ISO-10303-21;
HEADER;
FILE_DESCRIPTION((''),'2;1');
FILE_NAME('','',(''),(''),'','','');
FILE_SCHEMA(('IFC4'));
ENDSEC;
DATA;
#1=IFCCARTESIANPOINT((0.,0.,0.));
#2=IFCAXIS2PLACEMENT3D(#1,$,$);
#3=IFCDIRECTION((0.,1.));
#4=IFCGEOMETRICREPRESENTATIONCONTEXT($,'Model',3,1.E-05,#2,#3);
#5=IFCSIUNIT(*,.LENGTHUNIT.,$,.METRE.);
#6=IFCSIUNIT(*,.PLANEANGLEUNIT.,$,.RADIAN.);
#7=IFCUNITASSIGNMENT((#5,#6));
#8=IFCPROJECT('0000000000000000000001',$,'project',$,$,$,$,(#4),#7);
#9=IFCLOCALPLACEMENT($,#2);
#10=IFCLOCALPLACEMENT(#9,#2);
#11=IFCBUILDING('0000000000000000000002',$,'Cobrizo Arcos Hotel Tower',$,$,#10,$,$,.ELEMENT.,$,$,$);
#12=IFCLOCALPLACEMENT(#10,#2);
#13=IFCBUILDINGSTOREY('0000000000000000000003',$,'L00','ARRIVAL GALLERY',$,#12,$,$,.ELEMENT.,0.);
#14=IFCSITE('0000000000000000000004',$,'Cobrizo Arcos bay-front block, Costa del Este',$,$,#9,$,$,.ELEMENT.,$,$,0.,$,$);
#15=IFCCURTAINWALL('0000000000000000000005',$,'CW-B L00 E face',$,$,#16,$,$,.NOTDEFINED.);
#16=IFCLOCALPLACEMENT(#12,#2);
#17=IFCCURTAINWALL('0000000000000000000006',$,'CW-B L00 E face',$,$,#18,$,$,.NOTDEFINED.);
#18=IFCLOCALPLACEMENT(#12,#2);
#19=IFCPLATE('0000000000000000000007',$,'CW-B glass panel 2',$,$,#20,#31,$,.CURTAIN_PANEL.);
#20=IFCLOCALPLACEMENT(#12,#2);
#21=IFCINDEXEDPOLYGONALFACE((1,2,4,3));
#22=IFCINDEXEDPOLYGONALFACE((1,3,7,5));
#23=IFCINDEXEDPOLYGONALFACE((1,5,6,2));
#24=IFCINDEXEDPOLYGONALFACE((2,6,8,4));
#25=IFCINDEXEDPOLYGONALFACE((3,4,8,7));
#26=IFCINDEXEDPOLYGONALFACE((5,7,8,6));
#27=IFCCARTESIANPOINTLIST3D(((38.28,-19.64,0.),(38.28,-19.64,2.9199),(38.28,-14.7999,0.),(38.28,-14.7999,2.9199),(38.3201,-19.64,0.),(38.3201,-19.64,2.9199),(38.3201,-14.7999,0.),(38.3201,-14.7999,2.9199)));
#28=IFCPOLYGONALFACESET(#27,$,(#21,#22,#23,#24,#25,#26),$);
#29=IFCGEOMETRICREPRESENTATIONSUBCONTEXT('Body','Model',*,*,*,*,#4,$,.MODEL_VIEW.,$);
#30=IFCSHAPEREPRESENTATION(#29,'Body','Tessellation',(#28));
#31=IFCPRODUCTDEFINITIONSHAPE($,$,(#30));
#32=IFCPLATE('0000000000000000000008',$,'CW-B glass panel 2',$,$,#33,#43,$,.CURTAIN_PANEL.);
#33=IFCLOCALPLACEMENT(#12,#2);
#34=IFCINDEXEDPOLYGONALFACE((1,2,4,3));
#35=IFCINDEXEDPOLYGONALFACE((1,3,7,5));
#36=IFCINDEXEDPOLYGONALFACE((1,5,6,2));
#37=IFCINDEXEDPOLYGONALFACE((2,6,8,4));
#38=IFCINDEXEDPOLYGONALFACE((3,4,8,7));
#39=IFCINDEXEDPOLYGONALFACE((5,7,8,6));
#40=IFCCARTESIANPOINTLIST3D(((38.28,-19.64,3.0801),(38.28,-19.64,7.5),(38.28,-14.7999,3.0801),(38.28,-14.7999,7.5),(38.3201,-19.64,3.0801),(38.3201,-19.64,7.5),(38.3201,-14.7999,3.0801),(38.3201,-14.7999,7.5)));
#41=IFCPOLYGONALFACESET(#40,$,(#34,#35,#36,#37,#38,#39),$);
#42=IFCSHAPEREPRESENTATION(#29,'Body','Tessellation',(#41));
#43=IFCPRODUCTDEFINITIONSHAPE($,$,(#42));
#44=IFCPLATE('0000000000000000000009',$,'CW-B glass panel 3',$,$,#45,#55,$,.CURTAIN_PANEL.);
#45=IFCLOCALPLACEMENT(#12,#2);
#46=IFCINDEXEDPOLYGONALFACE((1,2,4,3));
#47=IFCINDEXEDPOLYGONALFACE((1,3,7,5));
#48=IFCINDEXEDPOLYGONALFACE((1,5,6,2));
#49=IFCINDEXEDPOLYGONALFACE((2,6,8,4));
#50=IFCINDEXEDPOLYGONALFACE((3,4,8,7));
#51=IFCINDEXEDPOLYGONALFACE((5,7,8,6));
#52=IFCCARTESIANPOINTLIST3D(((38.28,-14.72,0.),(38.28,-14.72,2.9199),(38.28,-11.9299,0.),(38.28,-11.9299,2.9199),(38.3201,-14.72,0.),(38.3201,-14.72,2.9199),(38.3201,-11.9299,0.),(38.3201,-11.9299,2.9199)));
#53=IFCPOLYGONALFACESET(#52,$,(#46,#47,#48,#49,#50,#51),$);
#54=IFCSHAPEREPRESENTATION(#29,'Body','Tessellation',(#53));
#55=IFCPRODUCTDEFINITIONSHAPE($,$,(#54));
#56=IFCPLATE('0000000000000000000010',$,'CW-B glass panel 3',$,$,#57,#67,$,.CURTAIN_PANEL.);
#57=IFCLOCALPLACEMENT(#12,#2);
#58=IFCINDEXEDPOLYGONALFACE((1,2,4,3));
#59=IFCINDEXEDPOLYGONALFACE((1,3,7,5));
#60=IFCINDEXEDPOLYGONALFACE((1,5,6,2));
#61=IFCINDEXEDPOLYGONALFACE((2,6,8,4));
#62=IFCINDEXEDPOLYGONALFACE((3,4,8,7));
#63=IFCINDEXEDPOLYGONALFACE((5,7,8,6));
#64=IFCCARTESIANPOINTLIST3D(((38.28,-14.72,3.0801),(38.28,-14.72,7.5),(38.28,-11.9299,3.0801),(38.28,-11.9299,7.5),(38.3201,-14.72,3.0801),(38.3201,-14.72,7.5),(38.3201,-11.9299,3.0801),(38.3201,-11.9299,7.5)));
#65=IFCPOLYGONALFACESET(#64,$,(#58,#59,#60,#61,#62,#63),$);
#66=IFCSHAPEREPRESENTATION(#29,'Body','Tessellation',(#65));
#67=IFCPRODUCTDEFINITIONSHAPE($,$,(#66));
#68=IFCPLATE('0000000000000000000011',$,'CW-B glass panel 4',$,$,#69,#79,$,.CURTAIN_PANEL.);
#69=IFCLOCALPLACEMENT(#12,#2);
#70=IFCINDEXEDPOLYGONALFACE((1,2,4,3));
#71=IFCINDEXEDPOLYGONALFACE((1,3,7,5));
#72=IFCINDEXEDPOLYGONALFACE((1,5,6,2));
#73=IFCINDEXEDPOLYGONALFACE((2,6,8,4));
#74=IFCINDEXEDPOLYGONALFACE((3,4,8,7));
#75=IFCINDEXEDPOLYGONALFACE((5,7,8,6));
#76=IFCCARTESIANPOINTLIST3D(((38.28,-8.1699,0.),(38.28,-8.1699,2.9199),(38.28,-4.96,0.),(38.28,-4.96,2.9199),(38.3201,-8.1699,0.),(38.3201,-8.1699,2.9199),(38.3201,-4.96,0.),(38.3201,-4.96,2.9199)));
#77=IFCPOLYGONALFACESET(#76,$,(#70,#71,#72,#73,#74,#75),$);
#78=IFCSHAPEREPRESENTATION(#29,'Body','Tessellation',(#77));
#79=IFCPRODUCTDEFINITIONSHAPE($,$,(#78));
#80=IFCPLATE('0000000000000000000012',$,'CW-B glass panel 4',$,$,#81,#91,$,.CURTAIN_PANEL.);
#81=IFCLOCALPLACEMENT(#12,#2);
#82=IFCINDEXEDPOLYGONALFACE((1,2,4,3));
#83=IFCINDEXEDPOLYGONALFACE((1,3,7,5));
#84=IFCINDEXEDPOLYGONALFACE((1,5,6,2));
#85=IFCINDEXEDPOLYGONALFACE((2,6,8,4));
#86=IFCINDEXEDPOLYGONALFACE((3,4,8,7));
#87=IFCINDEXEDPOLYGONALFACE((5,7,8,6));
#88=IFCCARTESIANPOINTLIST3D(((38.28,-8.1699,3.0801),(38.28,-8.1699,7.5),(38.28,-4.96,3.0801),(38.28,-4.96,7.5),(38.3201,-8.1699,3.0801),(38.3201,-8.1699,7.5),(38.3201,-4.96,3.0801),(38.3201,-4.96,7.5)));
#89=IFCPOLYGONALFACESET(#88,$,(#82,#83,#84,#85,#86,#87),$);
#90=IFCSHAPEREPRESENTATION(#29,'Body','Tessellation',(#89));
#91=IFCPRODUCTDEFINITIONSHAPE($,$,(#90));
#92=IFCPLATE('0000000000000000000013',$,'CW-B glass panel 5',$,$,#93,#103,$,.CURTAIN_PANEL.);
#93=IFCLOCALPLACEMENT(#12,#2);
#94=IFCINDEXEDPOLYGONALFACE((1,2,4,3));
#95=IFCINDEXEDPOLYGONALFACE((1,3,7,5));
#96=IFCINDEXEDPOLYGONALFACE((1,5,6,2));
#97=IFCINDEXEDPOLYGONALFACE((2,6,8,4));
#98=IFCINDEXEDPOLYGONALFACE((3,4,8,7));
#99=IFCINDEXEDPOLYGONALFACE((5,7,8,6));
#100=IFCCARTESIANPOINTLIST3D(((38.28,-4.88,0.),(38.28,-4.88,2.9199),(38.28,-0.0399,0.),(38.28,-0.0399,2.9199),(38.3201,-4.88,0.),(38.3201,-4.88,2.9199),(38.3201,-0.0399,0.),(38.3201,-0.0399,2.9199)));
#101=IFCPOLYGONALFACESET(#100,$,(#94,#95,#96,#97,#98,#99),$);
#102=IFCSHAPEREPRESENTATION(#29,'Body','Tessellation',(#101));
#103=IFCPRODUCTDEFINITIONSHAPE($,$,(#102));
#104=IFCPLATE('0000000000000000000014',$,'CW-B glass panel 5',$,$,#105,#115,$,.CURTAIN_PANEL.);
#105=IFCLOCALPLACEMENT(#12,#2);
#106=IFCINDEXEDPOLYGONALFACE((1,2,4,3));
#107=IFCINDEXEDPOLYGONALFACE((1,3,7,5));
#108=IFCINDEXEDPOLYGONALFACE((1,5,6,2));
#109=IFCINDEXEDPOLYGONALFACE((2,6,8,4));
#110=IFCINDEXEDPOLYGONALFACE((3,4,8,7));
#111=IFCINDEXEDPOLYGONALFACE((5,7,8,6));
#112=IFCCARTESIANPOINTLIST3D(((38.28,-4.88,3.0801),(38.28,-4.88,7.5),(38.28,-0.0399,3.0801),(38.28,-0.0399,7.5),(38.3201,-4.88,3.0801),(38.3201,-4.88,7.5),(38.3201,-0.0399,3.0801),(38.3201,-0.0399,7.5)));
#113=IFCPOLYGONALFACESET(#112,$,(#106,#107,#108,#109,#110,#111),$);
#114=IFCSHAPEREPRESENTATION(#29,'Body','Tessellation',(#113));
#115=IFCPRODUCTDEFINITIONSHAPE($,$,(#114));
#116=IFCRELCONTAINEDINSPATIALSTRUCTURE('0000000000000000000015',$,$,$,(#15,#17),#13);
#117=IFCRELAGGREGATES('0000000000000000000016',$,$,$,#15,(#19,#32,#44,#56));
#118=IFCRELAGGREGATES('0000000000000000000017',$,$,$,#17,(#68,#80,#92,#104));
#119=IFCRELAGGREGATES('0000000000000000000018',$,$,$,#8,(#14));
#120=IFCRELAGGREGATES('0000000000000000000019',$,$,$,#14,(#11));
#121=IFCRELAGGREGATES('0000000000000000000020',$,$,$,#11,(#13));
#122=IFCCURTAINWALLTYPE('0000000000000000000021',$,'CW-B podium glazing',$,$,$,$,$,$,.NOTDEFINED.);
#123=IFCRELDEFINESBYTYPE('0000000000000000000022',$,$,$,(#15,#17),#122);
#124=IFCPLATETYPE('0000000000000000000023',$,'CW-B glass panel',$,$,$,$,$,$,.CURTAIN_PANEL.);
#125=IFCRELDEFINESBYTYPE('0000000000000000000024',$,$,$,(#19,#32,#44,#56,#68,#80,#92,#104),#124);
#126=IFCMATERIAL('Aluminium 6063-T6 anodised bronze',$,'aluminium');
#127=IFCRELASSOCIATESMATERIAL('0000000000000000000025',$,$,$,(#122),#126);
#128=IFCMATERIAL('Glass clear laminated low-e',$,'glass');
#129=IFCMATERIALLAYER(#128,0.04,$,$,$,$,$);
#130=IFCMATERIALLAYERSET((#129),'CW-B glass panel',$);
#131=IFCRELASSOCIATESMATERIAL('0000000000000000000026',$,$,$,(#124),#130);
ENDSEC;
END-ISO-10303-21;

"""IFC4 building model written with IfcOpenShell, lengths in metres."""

from ifc_helpers import new_model, si_unit, direction, frame, origin, origin_2d, place, context, subcontext, project, spatial, rectangle, extrude, material, layer, layer_set, type_object, element, aggregate, save


model = new_model("IFC4")

# Units and contexts
model_context = context("Model", 3, precision=1e-05, world=origin(), true_north=direction((0.0, 1.0)))
body_context = subcontext(model_context, "Body", "Model", "MODEL_VIEW")
ifc_project = project(units=[si_unit("LENGTHUNIT", "METRE"), si_unit("PLANEANGLEUNIT", "RADIAN")], contexts=[model_context])

# Site, building, storey
site_placement = place(None, origin())
site = spatial("IfcSite", under=ifc_project, at=site_placement, Name="Cobrizo Arcos bay-front block, Costa del Este", CompositionType="ELEMENT", RefElevation=0.0)
building_placement = place(site_placement, origin())
building = spatial("IfcBuilding", under=site, at=building_placement, Name="Cobrizo Arcos Hotel Tower", CompositionType="ELEMENT")
storey_placement = place(building_placement, origin())
storey = spatial("IfcBuildingStorey", under=building, at=storey_placement, Name="L00", Description="ARRIVAL GALLERY", CompositionType="ELEMENT", Elevation=0.0)

# Curtain walls
ifc_material_1 = material(Name="Aluminium 6063-T6 anodised bronze", Category="aluminium")
curtain_wall_type = type_object("IfcCurtainWallType", Name="CW-B podium glazing", PredefinedType="NOTDEFINED", material=ifc_material_1)
curtain_wall_1_placement = place(storey_placement, origin())
curtain_wall_1 = element("IfcCurtainWall", 1, at=curtain_wall_1_placement, inside=storey, type_object=curtain_wall_type, Name="CW-B L00 E face", PredefinedType="NOTDEFINED")
curtain_wall_2_placement = place(storey_placement, origin())
curtain_wall_2 = element("IfcCurtainWall", 2, at=curtain_wall_2_placement, inside=storey, type_object=curtain_wall_type, Name="CW-B L00 E face", PredefinedType="NOTDEFINED")

# Plates
ifc_material_2 = material(Name="Glass clear laminated low-e", Category="glass")
ifc_layer_1 = layer(ifc_material_2, 0.04)
ifc_layer_set_1 = layer_set([ifc_layer_1], Name="CW-B glass panel")
plate_type = type_object("IfcPlateType", Name="CW-B glass panel", PredefinedType="CURTAIN_PANEL", material=ifc_layer_set_1)
plate_1_placement = place(storey_placement, frame((38.3, -17.22, 0.0), z_axis=(0.0, 0.0, 1.0), x_axis=(0.0, 1.0, 0.0)))
plate_1 = element("IfcPlate", 3, at=plate_1_placement, type_object=plate_type, Name="CW-B glass panel 2", PredefinedType="CURTAIN_PANEL", context=body_context, shape_type="SweptSolid", body=[
    extrude(rectangle(XDim=4.8401, YDim=0.04, at=origin_2d()), origin(), (0.0, 0.0, 1.0), 2.9199),
])
plate_2_placement = place(storey_placement, frame((38.3, -17.22, 3.0801), z_axis=(0.0, 0.0, 1.0), x_axis=(0.0, 1.0, 0.0)))
plate_2 = element("IfcPlate", 4, at=plate_2_placement, type_object=plate_type, Name="CW-B glass panel 2", PredefinedType="CURTAIN_PANEL", context=body_context, shape_type="SweptSolid", body=[
    extrude(rectangle(XDim=4.8401, YDim=0.04, at=origin_2d()), origin(), (0.0, 0.0, 1.0), 4.4199),
])
plate_3_placement = place(storey_placement, frame((38.3, -13.325, 0.0), z_axis=(0.0, 0.0, 1.0), x_axis=(0.0, 1.0, 0.0)))
plate_3 = element("IfcPlate", 5, at=plate_3_placement, type_object=plate_type, Name="CW-B glass panel 3", PredefinedType="CURTAIN_PANEL", context=body_context, shape_type="SweptSolid", body=[
    extrude(rectangle(XDim=2.79, YDim=0.04, at=origin_2d()), origin(), (0.0, 0.0, 1.0), 2.9199),
])
plate_4_placement = place(storey_placement, frame((38.3, -13.325, 3.0801), z_axis=(0.0, 0.0, 1.0), x_axis=(0.0, 1.0, 0.0)))
plate_4 = element("IfcPlate", 6, at=plate_4_placement, type_object=plate_type, Name="CW-B glass panel 3", PredefinedType="CURTAIN_PANEL", context=body_context, shape_type="SweptSolid", body=[
    extrude(rectangle(XDim=2.79, YDim=0.04, at=origin_2d()), origin(), (0.0, 0.0, 1.0), 4.4199),
])
aggregate(curtain_wall_1, [plate_1, plate_2, plate_3, plate_4])
plate_5_placement = place(storey_placement, frame((38.3, -6.5649, 0.0), z_axis=(0.0, 0.0, 1.0), x_axis=(0.0, 1.0, 0.0)))
plate_5 = element("IfcPlate", 7, at=plate_5_placement, type_object=plate_type, Name="CW-B glass panel 4", PredefinedType="CURTAIN_PANEL", context=body_context, shape_type="SweptSolid", body=[
    extrude(rectangle(XDim=3.21, YDim=0.04, at=origin_2d()), origin(), (0.0, 0.0, 1.0), 2.9199),
])
plate_6_placement = place(storey_placement, frame((38.3, -6.5649, 3.0801), z_axis=(0.0, 0.0, 1.0), x_axis=(0.0, 1.0, 0.0)))
plate_6 = element("IfcPlate", 8, at=plate_6_placement, type_object=plate_type, Name="CW-B glass panel 4", PredefinedType="CURTAIN_PANEL", context=body_context, shape_type="SweptSolid", body=[
    extrude(rectangle(XDim=3.21, YDim=0.04, at=origin_2d()), origin(), (0.0, 0.0, 1.0), 4.4199),
])
plate_7_placement = place(storey_placement, frame((38.3, -2.46, 0.0), z_axis=(0.0, 0.0, 1.0), x_axis=(0.0, 1.0, 0.0)))
plate_7 = element("IfcPlate", 9, at=plate_7_placement, type_object=plate_type, Name="CW-B glass panel 5", PredefinedType="CURTAIN_PANEL", context=body_context, shape_type="SweptSolid", body=[
    extrude(rectangle(XDim=4.8401, YDim=0.04, at=origin_2d()), origin(), (0.0, 0.0, 1.0), 2.9199),
])
plate_8_placement = place(storey_placement, frame((38.3, -2.46, 3.0801), z_axis=(0.0, 0.0, 1.0), x_axis=(0.0, 1.0, 0.0)))
plate_8 = element("IfcPlate", 10, at=plate_8_placement, type_object=plate_type, Name="CW-B glass panel 5", PredefinedType="CURTAIN_PANEL", context=body_context, shape_type="SweptSolid", body=[
    extrude(rectangle(XDim=4.8401, YDim=0.04, at=origin_2d()), origin(), (0.0, 0.0, 1.0), 4.4199),
])
aggregate(curtain_wall_2, [plate_5, plate_6, plate_7, plate_8])

save(model, "model.ifc")
